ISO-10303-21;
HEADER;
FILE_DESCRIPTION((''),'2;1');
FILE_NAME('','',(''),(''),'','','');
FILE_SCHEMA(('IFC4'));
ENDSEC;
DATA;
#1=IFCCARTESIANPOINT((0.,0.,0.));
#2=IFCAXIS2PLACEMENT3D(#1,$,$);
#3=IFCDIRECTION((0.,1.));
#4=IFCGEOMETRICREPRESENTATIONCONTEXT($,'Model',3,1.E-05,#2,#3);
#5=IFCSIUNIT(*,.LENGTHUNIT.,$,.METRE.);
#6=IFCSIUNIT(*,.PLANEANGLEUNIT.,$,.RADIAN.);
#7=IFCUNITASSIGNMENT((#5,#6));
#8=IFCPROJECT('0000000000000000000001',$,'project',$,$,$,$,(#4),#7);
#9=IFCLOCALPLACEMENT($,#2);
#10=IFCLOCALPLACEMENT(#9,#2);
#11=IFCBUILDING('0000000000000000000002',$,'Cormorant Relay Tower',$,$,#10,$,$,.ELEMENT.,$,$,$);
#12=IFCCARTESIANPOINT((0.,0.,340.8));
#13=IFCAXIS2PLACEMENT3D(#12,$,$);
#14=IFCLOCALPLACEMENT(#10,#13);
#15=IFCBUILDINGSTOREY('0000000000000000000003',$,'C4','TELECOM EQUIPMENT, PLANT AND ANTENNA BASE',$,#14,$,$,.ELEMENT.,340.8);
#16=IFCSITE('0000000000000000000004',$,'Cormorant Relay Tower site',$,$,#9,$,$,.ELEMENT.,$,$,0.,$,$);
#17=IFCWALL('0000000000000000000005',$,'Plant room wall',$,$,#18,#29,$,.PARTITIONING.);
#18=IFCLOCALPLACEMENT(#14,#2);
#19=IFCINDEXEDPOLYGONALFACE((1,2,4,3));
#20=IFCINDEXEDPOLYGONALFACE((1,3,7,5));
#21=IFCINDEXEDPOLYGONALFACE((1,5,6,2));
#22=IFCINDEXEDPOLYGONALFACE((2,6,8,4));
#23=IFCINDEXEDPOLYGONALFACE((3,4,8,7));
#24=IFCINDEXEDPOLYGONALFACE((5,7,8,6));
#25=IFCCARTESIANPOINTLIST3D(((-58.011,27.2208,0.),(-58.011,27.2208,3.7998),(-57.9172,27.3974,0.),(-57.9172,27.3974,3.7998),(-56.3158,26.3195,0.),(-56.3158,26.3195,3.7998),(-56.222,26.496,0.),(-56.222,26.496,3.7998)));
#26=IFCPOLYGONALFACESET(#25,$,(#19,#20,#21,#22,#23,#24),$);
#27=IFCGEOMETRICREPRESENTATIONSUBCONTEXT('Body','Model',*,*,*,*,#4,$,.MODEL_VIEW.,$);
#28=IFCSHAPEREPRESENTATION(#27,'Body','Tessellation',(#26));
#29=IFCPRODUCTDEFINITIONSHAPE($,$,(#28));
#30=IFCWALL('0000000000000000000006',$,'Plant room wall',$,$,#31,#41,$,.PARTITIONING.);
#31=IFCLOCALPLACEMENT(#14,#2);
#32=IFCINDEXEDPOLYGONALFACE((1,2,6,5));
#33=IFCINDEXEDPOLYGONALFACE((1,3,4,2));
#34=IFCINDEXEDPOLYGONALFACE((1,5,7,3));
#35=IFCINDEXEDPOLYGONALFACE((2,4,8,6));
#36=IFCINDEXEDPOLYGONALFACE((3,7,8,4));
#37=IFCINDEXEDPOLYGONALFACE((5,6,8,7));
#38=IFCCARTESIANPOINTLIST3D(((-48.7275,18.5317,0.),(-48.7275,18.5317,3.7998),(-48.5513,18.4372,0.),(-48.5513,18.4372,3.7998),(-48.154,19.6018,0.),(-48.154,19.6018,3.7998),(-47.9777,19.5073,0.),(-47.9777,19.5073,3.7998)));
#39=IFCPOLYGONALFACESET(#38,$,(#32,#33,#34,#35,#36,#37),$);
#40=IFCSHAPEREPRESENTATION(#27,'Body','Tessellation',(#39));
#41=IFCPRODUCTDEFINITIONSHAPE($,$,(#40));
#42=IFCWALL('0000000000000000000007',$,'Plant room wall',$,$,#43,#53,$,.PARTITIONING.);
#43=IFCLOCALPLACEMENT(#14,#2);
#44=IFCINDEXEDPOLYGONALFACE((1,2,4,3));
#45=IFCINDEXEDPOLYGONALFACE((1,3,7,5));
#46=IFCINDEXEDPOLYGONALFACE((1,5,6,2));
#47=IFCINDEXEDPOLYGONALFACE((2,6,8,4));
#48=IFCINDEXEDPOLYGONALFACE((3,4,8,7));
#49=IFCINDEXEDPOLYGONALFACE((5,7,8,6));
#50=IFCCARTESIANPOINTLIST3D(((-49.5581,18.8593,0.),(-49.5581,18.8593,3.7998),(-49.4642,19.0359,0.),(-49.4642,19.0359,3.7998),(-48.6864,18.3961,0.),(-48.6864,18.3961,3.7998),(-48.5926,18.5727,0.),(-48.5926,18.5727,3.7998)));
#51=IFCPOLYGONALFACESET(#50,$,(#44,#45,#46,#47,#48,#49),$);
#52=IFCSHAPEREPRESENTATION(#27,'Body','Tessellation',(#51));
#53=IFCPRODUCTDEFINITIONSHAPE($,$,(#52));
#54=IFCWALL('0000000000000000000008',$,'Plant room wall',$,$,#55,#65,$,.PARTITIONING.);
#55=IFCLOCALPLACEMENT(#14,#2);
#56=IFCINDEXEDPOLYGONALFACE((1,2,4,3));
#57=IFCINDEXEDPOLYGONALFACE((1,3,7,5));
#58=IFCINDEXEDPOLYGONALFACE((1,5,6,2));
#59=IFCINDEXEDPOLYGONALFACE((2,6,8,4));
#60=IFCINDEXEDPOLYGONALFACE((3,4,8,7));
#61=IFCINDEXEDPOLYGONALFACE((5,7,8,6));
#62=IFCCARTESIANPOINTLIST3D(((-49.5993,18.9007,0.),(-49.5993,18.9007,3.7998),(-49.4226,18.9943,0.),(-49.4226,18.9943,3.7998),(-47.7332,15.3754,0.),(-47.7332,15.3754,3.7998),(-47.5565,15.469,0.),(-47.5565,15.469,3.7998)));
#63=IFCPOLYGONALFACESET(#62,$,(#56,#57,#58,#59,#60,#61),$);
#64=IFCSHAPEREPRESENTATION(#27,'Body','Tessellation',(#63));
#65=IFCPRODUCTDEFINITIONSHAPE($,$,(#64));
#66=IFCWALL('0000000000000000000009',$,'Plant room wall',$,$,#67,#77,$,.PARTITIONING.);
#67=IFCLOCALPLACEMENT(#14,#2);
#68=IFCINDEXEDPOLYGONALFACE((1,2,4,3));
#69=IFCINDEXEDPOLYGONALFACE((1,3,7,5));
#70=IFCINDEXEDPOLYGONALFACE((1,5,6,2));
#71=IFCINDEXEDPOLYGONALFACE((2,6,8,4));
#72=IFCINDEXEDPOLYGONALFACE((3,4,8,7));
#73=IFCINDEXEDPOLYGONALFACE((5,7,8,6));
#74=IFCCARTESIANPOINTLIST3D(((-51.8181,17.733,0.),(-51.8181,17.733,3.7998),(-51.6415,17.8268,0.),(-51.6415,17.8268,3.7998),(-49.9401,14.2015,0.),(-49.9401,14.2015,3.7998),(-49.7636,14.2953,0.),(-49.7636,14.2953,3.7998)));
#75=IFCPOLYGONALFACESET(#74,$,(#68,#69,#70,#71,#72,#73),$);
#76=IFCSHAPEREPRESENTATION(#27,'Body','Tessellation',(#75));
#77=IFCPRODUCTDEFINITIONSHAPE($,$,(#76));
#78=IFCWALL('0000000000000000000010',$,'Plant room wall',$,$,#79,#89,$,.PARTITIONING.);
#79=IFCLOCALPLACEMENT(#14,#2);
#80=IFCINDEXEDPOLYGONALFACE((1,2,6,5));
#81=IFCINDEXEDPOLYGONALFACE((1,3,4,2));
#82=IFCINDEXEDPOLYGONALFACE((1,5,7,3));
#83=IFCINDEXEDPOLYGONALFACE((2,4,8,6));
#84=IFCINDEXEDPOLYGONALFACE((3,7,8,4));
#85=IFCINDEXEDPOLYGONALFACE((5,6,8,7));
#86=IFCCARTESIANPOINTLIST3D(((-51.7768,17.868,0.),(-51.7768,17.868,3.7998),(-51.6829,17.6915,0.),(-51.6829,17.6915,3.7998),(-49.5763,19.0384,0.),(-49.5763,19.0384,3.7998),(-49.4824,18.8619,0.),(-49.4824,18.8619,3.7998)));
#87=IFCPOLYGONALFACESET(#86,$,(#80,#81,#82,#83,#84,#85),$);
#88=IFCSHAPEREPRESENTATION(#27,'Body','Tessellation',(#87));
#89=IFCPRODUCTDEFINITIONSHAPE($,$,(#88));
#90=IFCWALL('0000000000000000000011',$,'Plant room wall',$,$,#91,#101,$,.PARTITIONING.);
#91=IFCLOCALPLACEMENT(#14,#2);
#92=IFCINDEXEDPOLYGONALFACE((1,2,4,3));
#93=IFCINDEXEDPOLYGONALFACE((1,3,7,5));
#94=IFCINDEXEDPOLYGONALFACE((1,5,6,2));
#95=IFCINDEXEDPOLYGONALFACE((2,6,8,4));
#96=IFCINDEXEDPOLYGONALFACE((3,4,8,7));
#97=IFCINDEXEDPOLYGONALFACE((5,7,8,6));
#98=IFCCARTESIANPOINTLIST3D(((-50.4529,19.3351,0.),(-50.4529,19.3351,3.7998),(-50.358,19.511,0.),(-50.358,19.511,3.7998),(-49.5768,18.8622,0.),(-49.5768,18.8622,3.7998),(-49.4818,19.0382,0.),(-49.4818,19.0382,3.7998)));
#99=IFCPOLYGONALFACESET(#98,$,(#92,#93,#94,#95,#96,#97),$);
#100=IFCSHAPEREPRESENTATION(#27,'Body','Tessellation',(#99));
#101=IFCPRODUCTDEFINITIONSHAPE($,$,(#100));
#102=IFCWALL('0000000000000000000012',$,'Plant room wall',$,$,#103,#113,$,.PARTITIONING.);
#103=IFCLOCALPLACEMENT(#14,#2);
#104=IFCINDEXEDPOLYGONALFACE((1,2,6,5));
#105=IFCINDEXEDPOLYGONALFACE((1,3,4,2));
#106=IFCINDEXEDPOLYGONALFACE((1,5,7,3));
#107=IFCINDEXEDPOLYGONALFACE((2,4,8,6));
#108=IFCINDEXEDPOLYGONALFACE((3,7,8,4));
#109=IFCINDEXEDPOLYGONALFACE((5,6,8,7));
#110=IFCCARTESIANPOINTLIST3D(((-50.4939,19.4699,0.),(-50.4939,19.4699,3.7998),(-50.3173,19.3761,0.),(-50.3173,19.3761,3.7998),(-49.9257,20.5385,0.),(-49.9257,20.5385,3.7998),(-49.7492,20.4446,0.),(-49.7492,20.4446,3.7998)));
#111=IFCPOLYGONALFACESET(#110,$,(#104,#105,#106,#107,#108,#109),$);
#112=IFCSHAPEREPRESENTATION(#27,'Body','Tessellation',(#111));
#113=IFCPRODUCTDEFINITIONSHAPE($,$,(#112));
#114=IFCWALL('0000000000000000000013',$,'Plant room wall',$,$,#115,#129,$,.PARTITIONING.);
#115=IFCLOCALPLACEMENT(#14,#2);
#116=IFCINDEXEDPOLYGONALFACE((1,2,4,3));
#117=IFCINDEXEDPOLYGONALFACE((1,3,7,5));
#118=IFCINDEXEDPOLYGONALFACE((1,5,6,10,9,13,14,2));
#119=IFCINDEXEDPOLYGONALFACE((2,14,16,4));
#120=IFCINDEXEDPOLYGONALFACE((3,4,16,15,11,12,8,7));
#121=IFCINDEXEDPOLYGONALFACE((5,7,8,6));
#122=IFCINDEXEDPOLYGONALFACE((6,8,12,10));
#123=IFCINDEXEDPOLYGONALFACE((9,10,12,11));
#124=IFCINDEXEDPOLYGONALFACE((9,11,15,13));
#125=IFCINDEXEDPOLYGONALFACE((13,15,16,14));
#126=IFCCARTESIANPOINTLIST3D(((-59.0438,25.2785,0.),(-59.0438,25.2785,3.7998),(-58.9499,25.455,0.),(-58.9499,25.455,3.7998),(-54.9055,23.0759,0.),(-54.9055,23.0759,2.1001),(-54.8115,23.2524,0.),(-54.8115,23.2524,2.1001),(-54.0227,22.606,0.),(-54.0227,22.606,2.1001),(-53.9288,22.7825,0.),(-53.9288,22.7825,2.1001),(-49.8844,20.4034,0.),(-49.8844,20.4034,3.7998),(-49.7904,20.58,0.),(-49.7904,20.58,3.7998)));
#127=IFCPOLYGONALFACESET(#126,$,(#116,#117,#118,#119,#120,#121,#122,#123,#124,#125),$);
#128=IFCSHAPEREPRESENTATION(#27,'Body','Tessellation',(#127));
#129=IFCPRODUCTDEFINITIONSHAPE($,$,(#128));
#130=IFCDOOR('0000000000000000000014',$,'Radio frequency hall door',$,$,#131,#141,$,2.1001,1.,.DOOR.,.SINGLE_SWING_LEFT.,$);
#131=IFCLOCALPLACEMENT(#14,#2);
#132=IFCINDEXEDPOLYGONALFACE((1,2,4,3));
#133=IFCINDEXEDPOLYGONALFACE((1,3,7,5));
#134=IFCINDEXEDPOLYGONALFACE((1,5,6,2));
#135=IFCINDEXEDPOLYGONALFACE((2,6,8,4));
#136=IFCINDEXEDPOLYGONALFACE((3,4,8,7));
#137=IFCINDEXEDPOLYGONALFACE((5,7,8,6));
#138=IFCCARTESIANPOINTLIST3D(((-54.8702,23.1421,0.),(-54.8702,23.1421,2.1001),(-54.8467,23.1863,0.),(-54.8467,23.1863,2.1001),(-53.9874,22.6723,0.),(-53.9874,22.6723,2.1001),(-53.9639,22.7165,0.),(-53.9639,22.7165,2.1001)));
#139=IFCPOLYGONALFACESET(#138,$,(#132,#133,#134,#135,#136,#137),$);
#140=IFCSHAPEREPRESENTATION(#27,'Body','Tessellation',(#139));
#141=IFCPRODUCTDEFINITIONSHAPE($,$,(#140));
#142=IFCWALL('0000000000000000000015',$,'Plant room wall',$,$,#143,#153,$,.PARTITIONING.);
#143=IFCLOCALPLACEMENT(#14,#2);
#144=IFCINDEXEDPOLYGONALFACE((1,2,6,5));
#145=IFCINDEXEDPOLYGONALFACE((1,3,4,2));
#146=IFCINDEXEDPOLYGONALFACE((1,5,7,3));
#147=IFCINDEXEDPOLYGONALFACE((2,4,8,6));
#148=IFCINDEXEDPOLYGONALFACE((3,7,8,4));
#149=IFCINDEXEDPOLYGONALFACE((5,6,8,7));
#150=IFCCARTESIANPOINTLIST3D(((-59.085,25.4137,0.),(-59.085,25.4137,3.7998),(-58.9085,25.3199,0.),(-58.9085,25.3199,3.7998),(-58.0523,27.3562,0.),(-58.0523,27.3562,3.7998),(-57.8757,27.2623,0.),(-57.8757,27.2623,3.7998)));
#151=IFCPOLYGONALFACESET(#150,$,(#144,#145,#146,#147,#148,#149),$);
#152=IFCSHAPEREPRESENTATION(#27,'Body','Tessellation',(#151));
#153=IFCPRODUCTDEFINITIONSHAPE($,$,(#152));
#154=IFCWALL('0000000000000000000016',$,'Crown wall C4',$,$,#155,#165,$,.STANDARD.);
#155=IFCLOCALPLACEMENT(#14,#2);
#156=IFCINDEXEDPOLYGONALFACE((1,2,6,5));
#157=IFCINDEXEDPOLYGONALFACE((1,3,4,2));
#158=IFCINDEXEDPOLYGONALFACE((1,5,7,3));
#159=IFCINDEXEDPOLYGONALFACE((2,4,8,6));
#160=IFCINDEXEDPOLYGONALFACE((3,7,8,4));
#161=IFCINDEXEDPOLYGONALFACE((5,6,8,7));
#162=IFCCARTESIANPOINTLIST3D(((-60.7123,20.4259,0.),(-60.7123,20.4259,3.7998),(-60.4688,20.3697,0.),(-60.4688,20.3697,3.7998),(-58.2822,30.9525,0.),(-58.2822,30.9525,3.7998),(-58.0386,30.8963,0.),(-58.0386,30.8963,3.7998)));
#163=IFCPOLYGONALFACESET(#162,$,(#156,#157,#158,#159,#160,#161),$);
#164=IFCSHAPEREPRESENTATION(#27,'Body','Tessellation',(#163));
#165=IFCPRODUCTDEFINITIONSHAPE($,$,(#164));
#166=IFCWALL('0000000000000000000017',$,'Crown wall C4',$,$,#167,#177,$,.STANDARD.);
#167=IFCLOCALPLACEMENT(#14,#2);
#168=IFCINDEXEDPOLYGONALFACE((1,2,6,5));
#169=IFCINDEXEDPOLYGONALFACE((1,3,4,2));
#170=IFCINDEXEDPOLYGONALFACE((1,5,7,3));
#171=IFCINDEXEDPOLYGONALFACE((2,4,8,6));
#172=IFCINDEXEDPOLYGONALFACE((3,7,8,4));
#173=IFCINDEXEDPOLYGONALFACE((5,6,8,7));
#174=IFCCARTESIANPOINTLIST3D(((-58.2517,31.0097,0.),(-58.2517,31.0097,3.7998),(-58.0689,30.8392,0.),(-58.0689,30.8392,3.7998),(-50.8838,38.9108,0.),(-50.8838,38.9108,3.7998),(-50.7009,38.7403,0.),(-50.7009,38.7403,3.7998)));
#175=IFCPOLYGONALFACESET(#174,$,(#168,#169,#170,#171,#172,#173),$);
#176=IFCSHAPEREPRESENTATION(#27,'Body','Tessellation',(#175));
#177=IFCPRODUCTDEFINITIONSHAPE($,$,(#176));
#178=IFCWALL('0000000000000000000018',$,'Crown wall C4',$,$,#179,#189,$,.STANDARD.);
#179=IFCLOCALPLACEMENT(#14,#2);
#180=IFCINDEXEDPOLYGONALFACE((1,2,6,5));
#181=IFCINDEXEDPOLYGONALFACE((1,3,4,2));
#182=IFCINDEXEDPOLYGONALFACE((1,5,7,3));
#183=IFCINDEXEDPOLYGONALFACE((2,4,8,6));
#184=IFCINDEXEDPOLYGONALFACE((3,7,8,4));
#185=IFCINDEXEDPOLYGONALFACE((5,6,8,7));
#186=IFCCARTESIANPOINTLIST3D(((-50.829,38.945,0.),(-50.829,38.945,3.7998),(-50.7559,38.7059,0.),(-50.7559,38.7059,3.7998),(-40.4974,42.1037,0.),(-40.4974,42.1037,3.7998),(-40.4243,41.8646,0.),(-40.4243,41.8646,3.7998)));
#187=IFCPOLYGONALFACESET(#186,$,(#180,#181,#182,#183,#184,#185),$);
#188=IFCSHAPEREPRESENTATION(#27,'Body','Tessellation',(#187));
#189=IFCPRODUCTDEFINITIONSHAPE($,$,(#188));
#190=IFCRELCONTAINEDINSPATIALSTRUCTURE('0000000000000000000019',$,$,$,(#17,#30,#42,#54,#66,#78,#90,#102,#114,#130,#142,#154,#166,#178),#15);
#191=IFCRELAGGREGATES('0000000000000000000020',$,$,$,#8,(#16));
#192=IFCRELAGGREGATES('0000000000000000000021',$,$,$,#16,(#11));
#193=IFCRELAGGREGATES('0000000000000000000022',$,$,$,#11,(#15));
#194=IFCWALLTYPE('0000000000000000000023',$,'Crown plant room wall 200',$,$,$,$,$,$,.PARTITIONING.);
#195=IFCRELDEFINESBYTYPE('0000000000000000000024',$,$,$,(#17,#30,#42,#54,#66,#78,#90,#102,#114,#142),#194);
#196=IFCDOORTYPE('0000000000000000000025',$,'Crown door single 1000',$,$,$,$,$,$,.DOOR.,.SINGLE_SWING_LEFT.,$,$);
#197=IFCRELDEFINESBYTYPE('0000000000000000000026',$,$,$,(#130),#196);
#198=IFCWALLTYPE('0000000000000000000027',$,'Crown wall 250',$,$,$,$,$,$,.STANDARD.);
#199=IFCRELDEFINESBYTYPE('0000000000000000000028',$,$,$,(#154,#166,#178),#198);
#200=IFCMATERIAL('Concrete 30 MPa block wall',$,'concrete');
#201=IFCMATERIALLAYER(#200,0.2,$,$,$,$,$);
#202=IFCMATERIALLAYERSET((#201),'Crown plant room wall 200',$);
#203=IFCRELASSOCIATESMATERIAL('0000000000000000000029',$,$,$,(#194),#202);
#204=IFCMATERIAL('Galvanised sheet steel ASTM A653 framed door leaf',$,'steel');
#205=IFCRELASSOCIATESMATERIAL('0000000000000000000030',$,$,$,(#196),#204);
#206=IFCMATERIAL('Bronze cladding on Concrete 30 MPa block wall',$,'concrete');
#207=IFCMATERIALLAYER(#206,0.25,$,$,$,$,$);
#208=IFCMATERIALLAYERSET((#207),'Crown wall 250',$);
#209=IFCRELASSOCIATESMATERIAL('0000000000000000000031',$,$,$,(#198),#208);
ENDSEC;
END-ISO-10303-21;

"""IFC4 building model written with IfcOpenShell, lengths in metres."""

from ifc_helpers import new_model, si_unit, direction, frame, frame_2d, origin, place, context, subcontext, project, spatial, rectangle, extrude, material, layer, layer_set, type_object, element, fill, save


model = new_model("IFC4")

# Units and contexts
model_context = context("Model", 3, precision=1e-05, world=origin(), true_north=direction((0.0, 1.0)))
body_context = subcontext(model_context, "Body", "Model", "MODEL_VIEW")
ifc_project = project(units=[si_unit("LENGTHUNIT", "METRE"), si_unit("PLANEANGLEUNIT", "RADIAN")], contexts=[model_context])

# Site, building, storey
site_placement = place(None, origin())
site = spatial("IfcSite", under=ifc_project, at=site_placement, Name="Cormorant Relay Tower site", CompositionType="ELEMENT", RefElevation=0.0)
building_placement = place(site_placement, origin())
building = spatial("IfcBuilding", under=site, at=building_placement, Name="Cormorant Relay Tower", CompositionType="ELEMENT")
storey_placement = place(building_placement, frame((0.0, 0.0, 340.8)))
storey = spatial("IfcBuildingStorey", under=building, at=storey_placement, Name="C4", Description="TELECOM EQUIPMENT, PLANT AND ANTENNA BASE", CompositionType="ELEMENT", Elevation=340.8)

# Walls
ifc_material_1 = material(Name="Concrete 30 MPa block wall", Category="concrete")
ifc_layer_1 = layer(ifc_material_1, 0.2)
ifc_layer_set_1 = layer_set([ifc_layer_1], Name="Crown plant room wall 200")
wall_type_1 = type_object("IfcWallType", Name="Crown plant room wall 200", PredefinedType="PARTITIONING", material=ifc_layer_set_1)
wall_1_placement = place(storey_placement, frame((-57.9641, 27.3091, 0.0), z_axis=(0.0, 0.0, 1.0), x_axis=(0.882958, -0.469453, 0.0)))
element("IfcWall", 1, at=wall_1_placement, inside=storey, type_object=wall_type_1, Name="Plant room wall", PredefinedType="PARTITIONING", context=body_context, shape_type="SweptSolid", body=[
    extrude(rectangle(XDim=1.9199, YDim=0.2, at=frame_2d((0.96, 0.0))), origin(), (0.0, 0.0, 1.0), 3.7998),
])
wall_2_placement = place(storey_placement, frame((-48.0659, 19.5544, 0.0), z_axis=(0.0, 0.0, 1.0), x_axis=(-0.472372, -0.881399, 0.0)))
element("IfcWall", 2, at=wall_2_placement, inside=storey, type_object=wall_type_1, Name="Plant room wall", PredefinedType="PARTITIONING", context=body_context, shape_type="SweptSolid", body=[
    extrude(rectangle(XDim=1.2141, YDim=0.2, at=frame_2d((0.6069, 0.0))), origin(), (0.0, 0.0, 1.0), 3.7998),
])
wall_3_placement = place(storey_placement, frame((-48.6394, 18.4844, 0.0), z_axis=(0.0, 0.0, 1.0), x_axis=(-0.883071, 0.46924, 0.0)))
element("IfcWall", 3, at=wall_3_placement, inside=storey, type_object=wall_type_1, Name="Plant room wall", PredefinedType="PARTITIONING", context=body_context, shape_type="SweptSolid", body=[
    extrude(rectangle(XDim=0.9871, YDim=0.2, at=frame_2d((0.4937, 0.0))), origin(), (0.0, 0.0, 1.0), 3.7998),
])
wall_4_placement = place(storey_placement, frame((-49.511, 18.9475, 0.0), z_axis=(0.0, 0.0, 1.0), x_axis=(0.467854, -0.883806, 0.0)))
element("IfcWall", 4, at=wall_4_placement, inside=storey, type_object=wall_type_1, Name="Plant room wall", PredefinedType="PARTITIONING", context=body_context, shape_type="SweptSolid", body=[
    extrude(rectangle(XDim=3.9888, YDim=0.2, at=frame_2d((1.9944, 0.0))), origin(), (0.0, 0.0, 1.0), 3.7998),
])
wall_5_placement = place(storey_placement, frame((-49.8518, 14.2483, 0.0), z_axis=(0.0, 0.0, 1.0), x_axis=(-0.469511, 0.882927, 0.0)))
element("IfcWall", 5, at=wall_5_placement, inside=storey, type_object=wall_type_1, Name="Plant room wall", PredefinedType="PARTITIONING", context=body_context, shape_type="SweptSolid", body=[
    extrude(rectangle(XDim=3.9998, YDim=0.2, at=frame_2d((2.0, 0.0))), origin(), (0.0, 0.0, 1.0), 3.7998),
])
wall_6_placement = place(storey_placement, frame((-51.7297, 17.7798, 0.0), z_axis=(0.0, 0.0, 1.0), x_axis=(0.882878, 0.469602, 0.0)))
element("IfcWall", 6, at=wall_6_placement, inside=storey, type_object=wall_type_1, Name="Plant room wall", PredefinedType="PARTITIONING", context=body_context, shape_type="SweptSolid", body=[
    extrude(rectangle(XDim=2.4924, YDim=0.2, at=frame_2d((1.2461, 0.0))), origin(), (0.0, 0.0, 1.0), 3.7998),
])
wall_7_placement = place(storey_placement, frame((-49.5293, 18.9502, 0.0), z_axis=(0.0, 0.0, 1.0), x_axis=(-0.880014, 0.474948, 0.0)))
element("IfcWall", 7, at=wall_7_placement, inside=storey, type_object=wall_type_1, Name="Plant room wall", PredefinedType="PARTITIONING", context=body_context, shape_type="SweptSolid", body=[
    extrude(rectangle(XDim=0.9956, YDim=0.2, at=frame_2d((0.4978, 0.0))), origin(), (0.0, 0.0, 1.0), 3.7998),
])
wall_8_placement = place(storey_placement, frame((-50.4055, 19.4231, 0.0), z_axis=(0.0, 0.0, 1.0), x_axis=(0.469426, 0.882972, 0.0)))
element("IfcWall", 8, at=wall_8_placement, inside=storey, type_object=wall_type_1, Name="Plant room wall", PredefinedType="PARTITIONING", context=body_context, shape_type="SweptSolid", body=[
    extrude(rectangle(XDim=1.2102, YDim=0.2, at=frame_2d((0.605, 0.0))), origin(), (0.0, 0.0, 1.0), 3.7998),
])

# Wall, opening, door
wall_9_placement = place(storey_placement, frame((-49.8374, 20.4917, 0.0), z_axis=(0.0, 0.0, 1.0), x_axis=(-0.882754, 0.469836, 0.0)))
wall_9 = element("IfcWall", 9, at=wall_9_placement, inside=storey, type_object=wall_type_1, Name="Plant room wall", PredefinedType="PARTITIONING", context=body_context, shape_type="SweptSolid", body=[
    extrude(rectangle(XDim=10.376, YDim=0.2, at=frame_2d((5.188, 0.0))), origin(), (0.0, 0.0, 1.0), 3.7998),
])
opening_placement = place(wall_9_placement, frame((4.688, 0.0, 0.0)))
opening = element("IfcOpeningElement", 10, at=opening_placement, cuts=wall_9, PredefinedType="OPENING", context=body_context, shape_type="SweptSolid", body=[
    extrude(rectangle(XDim=1.0, YDim=2.1001, at=frame_2d((0.5, 1.05))), frame((0.0, 0.1099, 0.0), z_axis=(0.0, -1.0, 0.0), x_axis=(1.0, 0.0, 0.0)), (0.0, 0.0, 1.0), 0.22),
])
ifc_material_2 = material(Name="Galvanised sheet steel ASTM A653 framed door leaf", Category="steel")
door_type = type_object("IfcDoorType", Name="Crown door single 1000", OperationType="SINGLE_SWING_LEFT", PredefinedType="DOOR", material=ifc_material_2)
door_placement = place(opening_placement, origin())
door = element("IfcDoor", 11, at=door_placement, inside=storey, type_object=door_type, Name="Radio frequency hall door", OperationType="SINGLE_SWING_LEFT", OverallHeight=2.1001, OverallWidth=1.0, PredefinedType="DOOR", context=body_context, shape_type="SweptSolid", body=[
    extrude(rectangle(XDim=1.0, YDim=2.1001, at=frame_2d((0.5, 1.05))), frame((0.0, 0.0249, 0.0), z_axis=(0.0, -1.0, 0.0), x_axis=(1.0, 0.0, 0.0)), (0.0, 0.0, 1.0), 0.05),
])
fill(opening, door)

# Walls
wall_10_placement = place(storey_placement, frame((-58.9968, 25.3667, 0.0), z_axis=(0.0, 0.0, 1.0), x_axis=(0.469447, 0.88296, 0.0)))
element("IfcWall", 12, at=wall_10_placement, inside=storey, type_object=wall_type_1, Name="Plant room wall", PredefinedType="PARTITIONING", context=body_context, shape_type="SweptSolid", body=[
    extrude(rectangle(XDim=2.2, YDim=0.2, at=frame_2d((1.1001, 0.0))), origin(), (0.0, 0.0, 1.0), 3.7998),
])
ifc_material_3 = material(Name="Bronze cladding on Concrete 30 MPa block wall", Category="concrete")
ifc_layer_2 = layer(ifc_material_3, 0.25)
ifc_layer_set_2 = layer_set([ifc_layer_2], Name="Crown wall 250")
wall_type_2 = type_object("IfcWallType", Name="Crown wall 250", PredefinedType="STANDARD", material=ifc_layer_set_2)
for number, where, z_axis, x_axis, name in (
    (13, (-60.5906, 20.3977, 0.0), (0.0, 0.0, 1.0), (0.224944, 0.974372, 0.0), "Crown wall C4"),
    (14, (-58.1604, 30.9243, 0.0), (0.0, 0.0, 1.0), (0.681999, 0.731354, 0.0), "Crown wall C4"),
):
    element("IfcWall", number, at=place(storey_placement, frame(where, z_axis=z_axis, x_axis=x_axis)), inside=storey, type_object=wall_type_2, Name=name, PredefinedType="STANDARD", context=body_context, shape_type="SweptSolid", body=[
        extrude(rectangle(XDim=10.8035, YDim=0.25, at=frame_2d((5.4019, 0.0))), origin(), (0.0, 0.0, 1.0), 3.7998),
    ])
wall_11_placement = place(storey_placement, frame((-50.7925, 38.8254, 0.0), z_axis=(0.0, 0.0, 1.0), x_axis=(0.956304, 0.292374, 0.0)))
element("IfcWall", 15, at=wall_11_placement, inside=storey, type_object=wall_type_2, Name="Crown wall C4", PredefinedType="STANDARD", context=body_context, shape_type="SweptSolid", body=[
    extrude(rectangle(XDim=10.8037, YDim=0.25, at=frame_2d((5.4019, 0.0))), origin(), (0.0, 0.0, 1.0), 3.7998),
])

save(model, "model.ifc")
